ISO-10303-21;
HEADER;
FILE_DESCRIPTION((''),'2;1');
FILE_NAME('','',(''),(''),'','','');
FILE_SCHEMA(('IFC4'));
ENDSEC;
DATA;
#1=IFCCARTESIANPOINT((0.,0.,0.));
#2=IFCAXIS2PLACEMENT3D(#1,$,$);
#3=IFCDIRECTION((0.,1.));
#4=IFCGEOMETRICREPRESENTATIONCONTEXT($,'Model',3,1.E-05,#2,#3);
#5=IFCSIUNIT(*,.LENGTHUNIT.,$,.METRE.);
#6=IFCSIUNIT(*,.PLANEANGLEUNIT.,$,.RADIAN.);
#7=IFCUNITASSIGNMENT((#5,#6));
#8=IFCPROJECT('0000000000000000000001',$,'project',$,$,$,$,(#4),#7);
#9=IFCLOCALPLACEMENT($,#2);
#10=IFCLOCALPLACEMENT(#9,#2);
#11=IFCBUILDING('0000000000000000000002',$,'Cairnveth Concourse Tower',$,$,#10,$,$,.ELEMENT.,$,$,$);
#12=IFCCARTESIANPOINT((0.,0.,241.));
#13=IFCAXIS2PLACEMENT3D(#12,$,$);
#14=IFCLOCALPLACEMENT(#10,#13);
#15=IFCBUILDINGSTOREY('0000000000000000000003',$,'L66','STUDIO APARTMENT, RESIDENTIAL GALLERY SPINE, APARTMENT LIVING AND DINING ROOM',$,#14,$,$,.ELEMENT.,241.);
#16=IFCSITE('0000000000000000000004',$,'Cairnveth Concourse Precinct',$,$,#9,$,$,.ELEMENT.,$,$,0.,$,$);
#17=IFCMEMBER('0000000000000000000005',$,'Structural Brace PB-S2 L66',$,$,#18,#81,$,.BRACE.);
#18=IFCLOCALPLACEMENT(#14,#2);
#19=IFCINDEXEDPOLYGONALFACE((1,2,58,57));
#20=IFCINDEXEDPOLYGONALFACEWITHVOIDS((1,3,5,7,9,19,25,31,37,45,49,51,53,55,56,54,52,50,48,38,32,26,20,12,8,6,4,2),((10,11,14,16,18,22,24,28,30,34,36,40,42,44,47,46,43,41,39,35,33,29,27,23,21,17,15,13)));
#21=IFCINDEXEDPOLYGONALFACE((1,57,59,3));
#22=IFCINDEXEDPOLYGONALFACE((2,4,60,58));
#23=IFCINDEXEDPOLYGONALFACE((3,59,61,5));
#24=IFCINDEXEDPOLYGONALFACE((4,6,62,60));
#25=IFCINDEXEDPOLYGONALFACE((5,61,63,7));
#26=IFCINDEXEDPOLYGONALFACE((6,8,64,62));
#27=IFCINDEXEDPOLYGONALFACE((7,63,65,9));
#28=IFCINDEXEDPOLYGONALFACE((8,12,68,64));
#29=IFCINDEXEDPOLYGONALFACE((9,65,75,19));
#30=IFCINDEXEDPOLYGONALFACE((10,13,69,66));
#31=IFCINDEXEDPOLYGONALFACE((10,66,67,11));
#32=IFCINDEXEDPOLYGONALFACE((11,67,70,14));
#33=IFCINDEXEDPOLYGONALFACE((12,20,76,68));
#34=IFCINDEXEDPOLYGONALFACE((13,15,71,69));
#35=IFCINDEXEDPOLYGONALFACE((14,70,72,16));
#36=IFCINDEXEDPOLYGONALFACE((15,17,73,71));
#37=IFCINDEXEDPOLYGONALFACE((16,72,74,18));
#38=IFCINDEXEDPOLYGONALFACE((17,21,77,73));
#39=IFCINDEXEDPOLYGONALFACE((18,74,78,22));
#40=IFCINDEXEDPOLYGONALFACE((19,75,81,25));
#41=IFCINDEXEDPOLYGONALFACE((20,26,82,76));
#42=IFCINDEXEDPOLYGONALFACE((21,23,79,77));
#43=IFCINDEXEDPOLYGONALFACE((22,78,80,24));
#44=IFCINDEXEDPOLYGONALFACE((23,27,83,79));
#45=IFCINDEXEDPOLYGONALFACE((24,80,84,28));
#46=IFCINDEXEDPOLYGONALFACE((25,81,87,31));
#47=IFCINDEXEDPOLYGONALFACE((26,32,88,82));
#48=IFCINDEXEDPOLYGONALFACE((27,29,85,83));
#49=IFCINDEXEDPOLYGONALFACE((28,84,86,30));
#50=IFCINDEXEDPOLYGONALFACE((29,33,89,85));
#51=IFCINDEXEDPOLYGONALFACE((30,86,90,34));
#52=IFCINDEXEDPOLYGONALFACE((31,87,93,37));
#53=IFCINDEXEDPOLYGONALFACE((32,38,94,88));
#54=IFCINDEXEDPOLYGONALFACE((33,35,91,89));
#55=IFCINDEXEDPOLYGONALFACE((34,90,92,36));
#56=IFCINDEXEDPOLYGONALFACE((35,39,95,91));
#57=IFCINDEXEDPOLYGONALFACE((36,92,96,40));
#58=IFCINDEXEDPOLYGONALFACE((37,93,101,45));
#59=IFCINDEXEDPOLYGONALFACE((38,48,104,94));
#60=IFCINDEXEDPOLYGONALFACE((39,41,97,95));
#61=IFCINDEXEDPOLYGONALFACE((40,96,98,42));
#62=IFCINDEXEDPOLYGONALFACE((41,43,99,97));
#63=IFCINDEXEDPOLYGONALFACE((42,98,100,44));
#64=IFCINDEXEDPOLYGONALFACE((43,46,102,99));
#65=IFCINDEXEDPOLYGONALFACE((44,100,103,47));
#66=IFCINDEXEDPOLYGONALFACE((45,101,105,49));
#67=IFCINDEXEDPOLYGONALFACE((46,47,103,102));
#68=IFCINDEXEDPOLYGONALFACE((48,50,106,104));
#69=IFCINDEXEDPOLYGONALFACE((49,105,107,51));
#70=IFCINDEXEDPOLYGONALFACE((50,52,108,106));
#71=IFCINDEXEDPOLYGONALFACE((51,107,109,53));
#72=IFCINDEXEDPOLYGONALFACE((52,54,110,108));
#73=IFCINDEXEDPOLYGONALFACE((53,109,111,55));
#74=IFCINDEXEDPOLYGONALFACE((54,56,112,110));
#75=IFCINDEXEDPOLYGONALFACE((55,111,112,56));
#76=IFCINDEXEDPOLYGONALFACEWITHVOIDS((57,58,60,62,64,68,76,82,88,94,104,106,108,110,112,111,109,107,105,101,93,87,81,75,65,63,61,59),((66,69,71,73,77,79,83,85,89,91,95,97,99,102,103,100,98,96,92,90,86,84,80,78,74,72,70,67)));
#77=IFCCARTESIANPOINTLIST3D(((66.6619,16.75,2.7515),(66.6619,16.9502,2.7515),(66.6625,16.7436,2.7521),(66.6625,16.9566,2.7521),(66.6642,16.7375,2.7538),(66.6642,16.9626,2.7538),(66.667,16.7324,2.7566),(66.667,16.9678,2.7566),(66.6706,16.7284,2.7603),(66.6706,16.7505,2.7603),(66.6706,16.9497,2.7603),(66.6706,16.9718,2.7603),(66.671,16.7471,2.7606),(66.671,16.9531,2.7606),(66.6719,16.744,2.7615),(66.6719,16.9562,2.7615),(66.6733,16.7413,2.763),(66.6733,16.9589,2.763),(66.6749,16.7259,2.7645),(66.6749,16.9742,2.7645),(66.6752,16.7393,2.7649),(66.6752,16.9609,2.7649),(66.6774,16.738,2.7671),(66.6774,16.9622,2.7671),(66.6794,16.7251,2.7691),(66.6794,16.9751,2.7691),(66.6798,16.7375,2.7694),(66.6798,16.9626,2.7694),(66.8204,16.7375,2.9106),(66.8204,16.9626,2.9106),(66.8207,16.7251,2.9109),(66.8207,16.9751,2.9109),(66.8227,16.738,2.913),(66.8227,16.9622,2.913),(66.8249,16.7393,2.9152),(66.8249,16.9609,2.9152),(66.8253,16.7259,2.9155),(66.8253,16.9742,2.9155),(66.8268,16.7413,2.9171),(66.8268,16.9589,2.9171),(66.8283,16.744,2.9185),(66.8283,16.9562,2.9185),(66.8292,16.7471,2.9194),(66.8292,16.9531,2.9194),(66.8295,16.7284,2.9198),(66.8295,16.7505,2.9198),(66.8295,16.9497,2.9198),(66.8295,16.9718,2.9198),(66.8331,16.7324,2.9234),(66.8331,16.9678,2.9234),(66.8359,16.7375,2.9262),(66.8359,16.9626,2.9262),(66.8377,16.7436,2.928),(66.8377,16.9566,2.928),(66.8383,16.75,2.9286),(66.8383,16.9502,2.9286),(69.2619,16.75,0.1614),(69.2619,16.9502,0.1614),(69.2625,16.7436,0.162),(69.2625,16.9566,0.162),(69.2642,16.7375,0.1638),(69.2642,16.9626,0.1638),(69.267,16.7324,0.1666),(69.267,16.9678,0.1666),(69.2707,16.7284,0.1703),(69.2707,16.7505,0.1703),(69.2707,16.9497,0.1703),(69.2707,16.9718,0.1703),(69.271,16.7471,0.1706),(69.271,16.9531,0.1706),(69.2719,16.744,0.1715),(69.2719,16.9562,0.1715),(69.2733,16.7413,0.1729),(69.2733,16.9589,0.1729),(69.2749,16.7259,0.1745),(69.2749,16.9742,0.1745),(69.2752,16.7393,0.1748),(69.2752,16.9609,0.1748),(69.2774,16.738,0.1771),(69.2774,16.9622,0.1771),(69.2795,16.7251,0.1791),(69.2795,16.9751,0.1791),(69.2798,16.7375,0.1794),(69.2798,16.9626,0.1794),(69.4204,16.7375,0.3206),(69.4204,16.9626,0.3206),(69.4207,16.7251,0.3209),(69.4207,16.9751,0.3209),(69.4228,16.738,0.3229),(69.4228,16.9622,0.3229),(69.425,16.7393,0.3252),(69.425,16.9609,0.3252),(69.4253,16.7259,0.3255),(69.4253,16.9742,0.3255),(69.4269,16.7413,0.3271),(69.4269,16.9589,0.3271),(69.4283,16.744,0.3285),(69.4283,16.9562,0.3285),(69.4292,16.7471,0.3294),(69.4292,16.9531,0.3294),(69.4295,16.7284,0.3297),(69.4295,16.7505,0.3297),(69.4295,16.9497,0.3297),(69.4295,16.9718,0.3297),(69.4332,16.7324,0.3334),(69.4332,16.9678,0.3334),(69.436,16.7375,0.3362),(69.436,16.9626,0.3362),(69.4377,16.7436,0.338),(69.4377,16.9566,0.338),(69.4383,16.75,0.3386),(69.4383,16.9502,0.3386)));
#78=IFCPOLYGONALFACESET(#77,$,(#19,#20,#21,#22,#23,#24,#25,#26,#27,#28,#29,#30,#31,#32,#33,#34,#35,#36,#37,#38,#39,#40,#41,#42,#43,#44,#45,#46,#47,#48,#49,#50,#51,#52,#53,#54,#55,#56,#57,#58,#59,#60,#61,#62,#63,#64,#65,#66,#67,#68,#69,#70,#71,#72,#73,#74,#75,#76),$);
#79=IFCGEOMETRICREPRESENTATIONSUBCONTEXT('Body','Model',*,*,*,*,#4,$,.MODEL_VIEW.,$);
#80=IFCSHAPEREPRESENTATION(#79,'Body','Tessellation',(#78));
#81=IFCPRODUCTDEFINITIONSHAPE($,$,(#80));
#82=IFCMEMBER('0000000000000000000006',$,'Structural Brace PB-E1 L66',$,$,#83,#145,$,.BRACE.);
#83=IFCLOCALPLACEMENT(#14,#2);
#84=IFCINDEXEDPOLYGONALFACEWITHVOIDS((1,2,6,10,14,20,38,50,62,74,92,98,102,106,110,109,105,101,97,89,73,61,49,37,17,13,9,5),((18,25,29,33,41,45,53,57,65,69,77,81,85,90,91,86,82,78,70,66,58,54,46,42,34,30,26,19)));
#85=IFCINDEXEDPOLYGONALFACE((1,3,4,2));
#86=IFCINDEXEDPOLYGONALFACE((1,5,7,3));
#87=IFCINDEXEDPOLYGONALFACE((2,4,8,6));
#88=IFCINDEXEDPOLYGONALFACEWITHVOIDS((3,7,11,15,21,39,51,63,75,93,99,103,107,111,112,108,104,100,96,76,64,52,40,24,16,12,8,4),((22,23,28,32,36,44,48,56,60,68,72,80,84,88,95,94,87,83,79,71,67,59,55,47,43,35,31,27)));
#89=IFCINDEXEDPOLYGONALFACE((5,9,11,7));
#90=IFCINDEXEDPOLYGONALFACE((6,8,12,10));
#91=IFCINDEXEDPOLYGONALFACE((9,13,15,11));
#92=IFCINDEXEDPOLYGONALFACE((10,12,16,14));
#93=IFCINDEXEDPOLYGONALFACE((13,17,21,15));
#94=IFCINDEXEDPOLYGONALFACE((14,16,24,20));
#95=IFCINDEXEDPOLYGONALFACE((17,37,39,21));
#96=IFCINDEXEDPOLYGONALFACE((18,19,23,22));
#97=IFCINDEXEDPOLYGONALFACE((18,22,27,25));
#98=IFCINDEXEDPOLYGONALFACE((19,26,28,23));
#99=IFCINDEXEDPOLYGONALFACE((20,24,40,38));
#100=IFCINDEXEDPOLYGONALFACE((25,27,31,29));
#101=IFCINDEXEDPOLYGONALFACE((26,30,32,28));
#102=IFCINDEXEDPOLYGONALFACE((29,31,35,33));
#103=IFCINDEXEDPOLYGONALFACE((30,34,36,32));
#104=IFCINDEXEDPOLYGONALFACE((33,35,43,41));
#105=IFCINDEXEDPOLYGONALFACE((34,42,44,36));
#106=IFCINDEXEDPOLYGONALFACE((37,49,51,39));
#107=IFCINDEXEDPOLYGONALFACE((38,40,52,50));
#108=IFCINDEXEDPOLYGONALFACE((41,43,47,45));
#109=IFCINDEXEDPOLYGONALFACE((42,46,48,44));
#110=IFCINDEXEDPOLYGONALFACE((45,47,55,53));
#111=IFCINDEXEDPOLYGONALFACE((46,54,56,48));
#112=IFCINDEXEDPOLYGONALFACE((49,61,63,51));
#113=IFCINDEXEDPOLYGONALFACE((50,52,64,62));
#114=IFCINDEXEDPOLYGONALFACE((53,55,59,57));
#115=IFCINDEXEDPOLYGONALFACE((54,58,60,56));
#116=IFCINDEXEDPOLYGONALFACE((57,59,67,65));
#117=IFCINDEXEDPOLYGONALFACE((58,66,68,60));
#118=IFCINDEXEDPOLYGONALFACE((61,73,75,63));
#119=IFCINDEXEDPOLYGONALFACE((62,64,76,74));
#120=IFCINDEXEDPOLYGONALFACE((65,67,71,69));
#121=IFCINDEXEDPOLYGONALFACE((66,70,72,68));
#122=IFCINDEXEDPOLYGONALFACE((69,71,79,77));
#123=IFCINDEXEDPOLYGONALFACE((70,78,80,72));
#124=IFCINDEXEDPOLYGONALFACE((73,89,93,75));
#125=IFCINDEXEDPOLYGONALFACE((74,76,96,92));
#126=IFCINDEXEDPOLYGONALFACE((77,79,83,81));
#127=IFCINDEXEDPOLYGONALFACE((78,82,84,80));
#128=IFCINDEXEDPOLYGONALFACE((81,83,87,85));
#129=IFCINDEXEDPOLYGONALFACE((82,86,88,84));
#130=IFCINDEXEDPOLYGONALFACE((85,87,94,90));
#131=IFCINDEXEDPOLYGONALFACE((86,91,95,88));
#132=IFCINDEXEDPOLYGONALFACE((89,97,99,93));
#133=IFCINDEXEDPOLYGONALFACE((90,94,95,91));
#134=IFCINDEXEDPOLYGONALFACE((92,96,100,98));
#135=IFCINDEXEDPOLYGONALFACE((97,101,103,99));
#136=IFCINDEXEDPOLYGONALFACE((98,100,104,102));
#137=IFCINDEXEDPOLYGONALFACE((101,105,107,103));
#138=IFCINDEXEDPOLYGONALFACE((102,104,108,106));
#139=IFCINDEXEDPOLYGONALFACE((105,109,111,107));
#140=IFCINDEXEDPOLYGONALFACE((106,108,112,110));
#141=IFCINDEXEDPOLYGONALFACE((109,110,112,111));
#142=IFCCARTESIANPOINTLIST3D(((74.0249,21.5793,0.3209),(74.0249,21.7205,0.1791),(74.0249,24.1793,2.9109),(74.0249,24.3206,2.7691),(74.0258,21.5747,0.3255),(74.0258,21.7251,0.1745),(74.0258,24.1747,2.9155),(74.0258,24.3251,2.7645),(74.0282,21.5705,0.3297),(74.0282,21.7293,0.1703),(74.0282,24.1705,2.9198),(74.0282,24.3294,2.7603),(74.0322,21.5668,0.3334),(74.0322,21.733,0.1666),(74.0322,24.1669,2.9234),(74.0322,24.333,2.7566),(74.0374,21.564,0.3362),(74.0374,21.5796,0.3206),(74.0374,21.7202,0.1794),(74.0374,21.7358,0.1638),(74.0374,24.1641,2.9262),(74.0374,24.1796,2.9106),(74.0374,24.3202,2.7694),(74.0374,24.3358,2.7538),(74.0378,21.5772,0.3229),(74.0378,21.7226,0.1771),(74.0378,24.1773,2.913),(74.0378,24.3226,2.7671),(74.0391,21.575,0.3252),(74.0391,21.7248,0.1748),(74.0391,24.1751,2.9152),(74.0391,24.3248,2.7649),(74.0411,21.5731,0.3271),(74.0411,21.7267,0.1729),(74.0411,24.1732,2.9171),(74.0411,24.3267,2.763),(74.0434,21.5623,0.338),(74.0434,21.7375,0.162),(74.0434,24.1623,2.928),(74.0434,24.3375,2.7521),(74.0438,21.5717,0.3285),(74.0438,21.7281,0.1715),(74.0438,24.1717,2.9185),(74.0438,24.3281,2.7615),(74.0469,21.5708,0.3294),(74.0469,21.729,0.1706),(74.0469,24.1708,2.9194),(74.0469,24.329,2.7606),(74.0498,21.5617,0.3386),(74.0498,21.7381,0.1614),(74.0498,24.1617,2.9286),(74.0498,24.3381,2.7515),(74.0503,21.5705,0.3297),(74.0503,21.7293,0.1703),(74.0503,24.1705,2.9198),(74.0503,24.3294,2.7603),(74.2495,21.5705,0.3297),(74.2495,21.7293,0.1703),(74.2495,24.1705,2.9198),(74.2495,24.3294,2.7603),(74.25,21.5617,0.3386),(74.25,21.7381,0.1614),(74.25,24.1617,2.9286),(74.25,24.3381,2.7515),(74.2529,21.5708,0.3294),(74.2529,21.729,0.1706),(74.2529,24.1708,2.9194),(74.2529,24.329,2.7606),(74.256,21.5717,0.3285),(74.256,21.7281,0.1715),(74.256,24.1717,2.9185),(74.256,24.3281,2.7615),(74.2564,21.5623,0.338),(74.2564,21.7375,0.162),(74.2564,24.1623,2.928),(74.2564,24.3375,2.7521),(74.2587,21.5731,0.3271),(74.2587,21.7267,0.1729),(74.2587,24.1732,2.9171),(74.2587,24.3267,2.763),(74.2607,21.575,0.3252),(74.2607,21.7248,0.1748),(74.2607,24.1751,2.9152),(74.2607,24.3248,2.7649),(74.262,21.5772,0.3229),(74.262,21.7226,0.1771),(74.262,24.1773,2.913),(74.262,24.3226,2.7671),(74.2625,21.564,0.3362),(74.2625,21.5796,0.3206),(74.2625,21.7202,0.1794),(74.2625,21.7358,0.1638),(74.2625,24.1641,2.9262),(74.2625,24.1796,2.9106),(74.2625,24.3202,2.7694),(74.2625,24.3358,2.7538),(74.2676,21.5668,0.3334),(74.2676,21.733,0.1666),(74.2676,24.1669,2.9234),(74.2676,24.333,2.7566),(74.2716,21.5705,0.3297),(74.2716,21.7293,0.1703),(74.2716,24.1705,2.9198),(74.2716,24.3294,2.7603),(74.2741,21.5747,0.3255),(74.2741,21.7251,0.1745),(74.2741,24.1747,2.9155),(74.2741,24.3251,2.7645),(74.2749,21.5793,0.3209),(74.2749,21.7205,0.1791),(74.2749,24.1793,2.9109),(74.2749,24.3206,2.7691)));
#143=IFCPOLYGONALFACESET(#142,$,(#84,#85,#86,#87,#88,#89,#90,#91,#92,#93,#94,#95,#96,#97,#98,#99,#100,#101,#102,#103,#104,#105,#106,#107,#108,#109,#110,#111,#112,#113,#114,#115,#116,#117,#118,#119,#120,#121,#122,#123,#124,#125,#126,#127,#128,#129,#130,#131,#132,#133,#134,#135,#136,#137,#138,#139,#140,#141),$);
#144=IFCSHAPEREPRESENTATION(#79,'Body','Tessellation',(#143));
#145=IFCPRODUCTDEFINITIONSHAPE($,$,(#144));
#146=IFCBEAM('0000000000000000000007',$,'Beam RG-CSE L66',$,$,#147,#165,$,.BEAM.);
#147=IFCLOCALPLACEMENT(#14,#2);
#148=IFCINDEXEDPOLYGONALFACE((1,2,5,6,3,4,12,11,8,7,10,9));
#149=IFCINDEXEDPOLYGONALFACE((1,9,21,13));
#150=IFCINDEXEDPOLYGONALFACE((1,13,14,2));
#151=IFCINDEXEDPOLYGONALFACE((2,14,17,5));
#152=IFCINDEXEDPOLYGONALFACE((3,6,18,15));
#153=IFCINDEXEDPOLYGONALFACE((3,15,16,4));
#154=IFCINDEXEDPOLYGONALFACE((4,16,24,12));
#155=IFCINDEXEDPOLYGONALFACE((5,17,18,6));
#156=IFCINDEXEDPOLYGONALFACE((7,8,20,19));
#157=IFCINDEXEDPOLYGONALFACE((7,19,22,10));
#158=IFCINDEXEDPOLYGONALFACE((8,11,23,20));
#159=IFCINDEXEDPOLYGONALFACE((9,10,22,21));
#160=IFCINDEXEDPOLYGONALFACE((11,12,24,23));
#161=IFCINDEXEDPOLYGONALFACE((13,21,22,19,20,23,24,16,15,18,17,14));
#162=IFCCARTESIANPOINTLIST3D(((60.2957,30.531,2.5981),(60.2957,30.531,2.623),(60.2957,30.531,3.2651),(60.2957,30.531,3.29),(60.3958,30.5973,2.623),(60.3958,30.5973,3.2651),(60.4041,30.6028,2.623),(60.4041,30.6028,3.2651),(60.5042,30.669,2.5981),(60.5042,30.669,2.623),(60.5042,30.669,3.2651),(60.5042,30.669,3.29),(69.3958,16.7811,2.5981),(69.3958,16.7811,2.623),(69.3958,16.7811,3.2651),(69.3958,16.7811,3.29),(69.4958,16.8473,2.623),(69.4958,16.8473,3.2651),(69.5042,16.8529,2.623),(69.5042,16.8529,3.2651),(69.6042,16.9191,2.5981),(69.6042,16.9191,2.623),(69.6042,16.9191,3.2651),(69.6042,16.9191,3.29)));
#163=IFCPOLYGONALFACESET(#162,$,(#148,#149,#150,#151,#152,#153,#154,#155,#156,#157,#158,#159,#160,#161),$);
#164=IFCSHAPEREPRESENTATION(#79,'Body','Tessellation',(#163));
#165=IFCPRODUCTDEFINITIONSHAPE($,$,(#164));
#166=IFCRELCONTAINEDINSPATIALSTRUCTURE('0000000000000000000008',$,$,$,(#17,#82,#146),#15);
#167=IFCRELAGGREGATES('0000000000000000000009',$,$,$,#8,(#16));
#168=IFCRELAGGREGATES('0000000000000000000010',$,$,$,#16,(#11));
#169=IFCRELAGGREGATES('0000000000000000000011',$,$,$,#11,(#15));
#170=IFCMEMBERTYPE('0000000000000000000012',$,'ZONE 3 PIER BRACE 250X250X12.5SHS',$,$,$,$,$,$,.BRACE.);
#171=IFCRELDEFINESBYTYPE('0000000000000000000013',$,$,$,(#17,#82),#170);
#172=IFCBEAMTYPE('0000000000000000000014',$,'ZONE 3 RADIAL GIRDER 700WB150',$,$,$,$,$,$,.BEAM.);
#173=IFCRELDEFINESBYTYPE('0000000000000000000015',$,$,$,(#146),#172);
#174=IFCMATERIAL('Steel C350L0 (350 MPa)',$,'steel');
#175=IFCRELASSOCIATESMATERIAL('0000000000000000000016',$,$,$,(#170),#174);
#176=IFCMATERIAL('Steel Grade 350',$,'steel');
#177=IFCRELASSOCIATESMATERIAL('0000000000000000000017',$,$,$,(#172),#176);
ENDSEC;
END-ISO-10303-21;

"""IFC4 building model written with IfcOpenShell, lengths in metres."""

from ifc_helpers import new_model, si_unit, direction, frame, origin, origin_2d, place, context, subcontext, project, spatial, hollow_rectangle, i_section, extrude, material, material_profile, profile_set, type_object, element, save


model = new_model("IFC4")

# Units and contexts
model_context = context("Model", 3, precision=1e-05, world=origin(), true_north=direction((0.0, 1.0)))
body_context = subcontext(model_context, "Body", "Model", "MODEL_VIEW")
ifc_project = project(units=[si_unit("LENGTHUNIT", "METRE"), si_unit("PLANEANGLEUNIT", "RADIAN")], contexts=[model_context])

# Site, building, storey
site_placement = place(None, origin())
site = spatial("IfcSite", under=ifc_project, at=site_placement, Name="Cairnveth Concourse Precinct", CompositionType="ELEMENT", RefElevation=0.0)
building_placement = place(site_placement, origin())
building = spatial("IfcBuilding", under=site, at=building_placement, Name="Cairnveth Concourse Tower", CompositionType="ELEMENT")
storey_placement = place(building_placement, frame((0.0, 0.0, 241.0)))
storey = spatial("IfcBuildingStorey", under=building, at=storey_placement, Name="L66", Description="STUDIO APARTMENT, RESIDENTIAL GALLERY SPINE, APARTMENT LIVING AND DINING ROOM", CompositionType="ELEMENT", Elevation=241.0)

# Shared definitions
ifc_material_1 = material(Name="Steel Grade 350", Category="steel")

# Members
ifc_material_2 = material(Name="Steel C350L0 (350 MPa)", Category="steel")
ifc_material_profile_1 = material_profile(ifc_material_2, hollow_rectangle(XDim=0.25, YDim=0.25, WallThickness=0.0125, InnerFilletRadius=0.0129, OuterFilletRadius=0.0249, at=origin_2d()), Name="250x250x12.5SHS")
ifc_profile_set_1 = profile_set([ifc_material_profile_1], Name="Steel C350L0 (350 MPa)")
member_type = type_object("IfcMemberType", Name="ZONE 3 PIER BRACE 250X250X12.5SHS", PredefinedType="BRACE", material=ifc_profile_set_1)
for number, where, z_axis, x_axis, name in (
    (1, (69.3501, 16.8501, 0.25), (-0.708469, 0.0, 0.705742), (0.0, -1.0, 0.0), "Structural Brace PB-S2 L66"),
    (2, (74.1499, 21.6499, 0.25), (0.0, 0.708469, 0.705742), (-1.0, 0.0, 0.0), "Structural Brace PB-E1 L66"),
):
    element("IfcMember", number, at=place(storey_placement, frame(where, z_axis=z_axis, x_axis=x_axis)), inside=storey, type_object=member_type, Name=name, PredefinedType="BRACE", context=body_context, shape_type="SweptSolid", body=[
        extrude(hollow_rectangle(XDim=0.25, YDim=0.25, WallThickness=0.0125, InnerFilletRadius=0.0129, OuterFilletRadius=0.0249, at=origin_2d()), origin(), (0.0, 0.0, 1.0), 3.6699),
    ])

# Beam
ifc_material_profile_2 = material_profile(ifc_material_1, i_section(OverallWidth=0.25, OverallDepth=0.6919, WebThickness=0.01, FlangeThickness=0.0249, at=origin_2d()), Name="700WB150")
ifc_profile_set_2 = profile_set([ifc_material_profile_2], Name="Steel Grade 350")
beam_type_1 = type_object("IfcBeamType", Name="ZONE 3 RADIAL GIRDER 700WB150", PredefinedType="BEAM", material=ifc_profile_set_2)
beam_1_placement = place(storey_placement, frame((69.5, 16.8501, 2.9441), z_axis=(-0.551902, 0.833909, 0.0), x_axis=(-0.833909, -0.551902, 0.0)))
element("IfcBeam", 3, at=beam_1_placement, inside=storey, type_object=beam_type_1, Name="Beam RG-CSE L66", PredefinedType="BEAM", context=body_context, shape_type="SweptSolid", body=[
    extrude(i_section(OverallWidth=0.25, OverallDepth=0.6919, WebThickness=0.01, FlangeThickness=0.0249, at=origin_2d()), origin(), (0.0, 0.0, 1.0), 16.4885),
])

save(model, "model.ifc")
